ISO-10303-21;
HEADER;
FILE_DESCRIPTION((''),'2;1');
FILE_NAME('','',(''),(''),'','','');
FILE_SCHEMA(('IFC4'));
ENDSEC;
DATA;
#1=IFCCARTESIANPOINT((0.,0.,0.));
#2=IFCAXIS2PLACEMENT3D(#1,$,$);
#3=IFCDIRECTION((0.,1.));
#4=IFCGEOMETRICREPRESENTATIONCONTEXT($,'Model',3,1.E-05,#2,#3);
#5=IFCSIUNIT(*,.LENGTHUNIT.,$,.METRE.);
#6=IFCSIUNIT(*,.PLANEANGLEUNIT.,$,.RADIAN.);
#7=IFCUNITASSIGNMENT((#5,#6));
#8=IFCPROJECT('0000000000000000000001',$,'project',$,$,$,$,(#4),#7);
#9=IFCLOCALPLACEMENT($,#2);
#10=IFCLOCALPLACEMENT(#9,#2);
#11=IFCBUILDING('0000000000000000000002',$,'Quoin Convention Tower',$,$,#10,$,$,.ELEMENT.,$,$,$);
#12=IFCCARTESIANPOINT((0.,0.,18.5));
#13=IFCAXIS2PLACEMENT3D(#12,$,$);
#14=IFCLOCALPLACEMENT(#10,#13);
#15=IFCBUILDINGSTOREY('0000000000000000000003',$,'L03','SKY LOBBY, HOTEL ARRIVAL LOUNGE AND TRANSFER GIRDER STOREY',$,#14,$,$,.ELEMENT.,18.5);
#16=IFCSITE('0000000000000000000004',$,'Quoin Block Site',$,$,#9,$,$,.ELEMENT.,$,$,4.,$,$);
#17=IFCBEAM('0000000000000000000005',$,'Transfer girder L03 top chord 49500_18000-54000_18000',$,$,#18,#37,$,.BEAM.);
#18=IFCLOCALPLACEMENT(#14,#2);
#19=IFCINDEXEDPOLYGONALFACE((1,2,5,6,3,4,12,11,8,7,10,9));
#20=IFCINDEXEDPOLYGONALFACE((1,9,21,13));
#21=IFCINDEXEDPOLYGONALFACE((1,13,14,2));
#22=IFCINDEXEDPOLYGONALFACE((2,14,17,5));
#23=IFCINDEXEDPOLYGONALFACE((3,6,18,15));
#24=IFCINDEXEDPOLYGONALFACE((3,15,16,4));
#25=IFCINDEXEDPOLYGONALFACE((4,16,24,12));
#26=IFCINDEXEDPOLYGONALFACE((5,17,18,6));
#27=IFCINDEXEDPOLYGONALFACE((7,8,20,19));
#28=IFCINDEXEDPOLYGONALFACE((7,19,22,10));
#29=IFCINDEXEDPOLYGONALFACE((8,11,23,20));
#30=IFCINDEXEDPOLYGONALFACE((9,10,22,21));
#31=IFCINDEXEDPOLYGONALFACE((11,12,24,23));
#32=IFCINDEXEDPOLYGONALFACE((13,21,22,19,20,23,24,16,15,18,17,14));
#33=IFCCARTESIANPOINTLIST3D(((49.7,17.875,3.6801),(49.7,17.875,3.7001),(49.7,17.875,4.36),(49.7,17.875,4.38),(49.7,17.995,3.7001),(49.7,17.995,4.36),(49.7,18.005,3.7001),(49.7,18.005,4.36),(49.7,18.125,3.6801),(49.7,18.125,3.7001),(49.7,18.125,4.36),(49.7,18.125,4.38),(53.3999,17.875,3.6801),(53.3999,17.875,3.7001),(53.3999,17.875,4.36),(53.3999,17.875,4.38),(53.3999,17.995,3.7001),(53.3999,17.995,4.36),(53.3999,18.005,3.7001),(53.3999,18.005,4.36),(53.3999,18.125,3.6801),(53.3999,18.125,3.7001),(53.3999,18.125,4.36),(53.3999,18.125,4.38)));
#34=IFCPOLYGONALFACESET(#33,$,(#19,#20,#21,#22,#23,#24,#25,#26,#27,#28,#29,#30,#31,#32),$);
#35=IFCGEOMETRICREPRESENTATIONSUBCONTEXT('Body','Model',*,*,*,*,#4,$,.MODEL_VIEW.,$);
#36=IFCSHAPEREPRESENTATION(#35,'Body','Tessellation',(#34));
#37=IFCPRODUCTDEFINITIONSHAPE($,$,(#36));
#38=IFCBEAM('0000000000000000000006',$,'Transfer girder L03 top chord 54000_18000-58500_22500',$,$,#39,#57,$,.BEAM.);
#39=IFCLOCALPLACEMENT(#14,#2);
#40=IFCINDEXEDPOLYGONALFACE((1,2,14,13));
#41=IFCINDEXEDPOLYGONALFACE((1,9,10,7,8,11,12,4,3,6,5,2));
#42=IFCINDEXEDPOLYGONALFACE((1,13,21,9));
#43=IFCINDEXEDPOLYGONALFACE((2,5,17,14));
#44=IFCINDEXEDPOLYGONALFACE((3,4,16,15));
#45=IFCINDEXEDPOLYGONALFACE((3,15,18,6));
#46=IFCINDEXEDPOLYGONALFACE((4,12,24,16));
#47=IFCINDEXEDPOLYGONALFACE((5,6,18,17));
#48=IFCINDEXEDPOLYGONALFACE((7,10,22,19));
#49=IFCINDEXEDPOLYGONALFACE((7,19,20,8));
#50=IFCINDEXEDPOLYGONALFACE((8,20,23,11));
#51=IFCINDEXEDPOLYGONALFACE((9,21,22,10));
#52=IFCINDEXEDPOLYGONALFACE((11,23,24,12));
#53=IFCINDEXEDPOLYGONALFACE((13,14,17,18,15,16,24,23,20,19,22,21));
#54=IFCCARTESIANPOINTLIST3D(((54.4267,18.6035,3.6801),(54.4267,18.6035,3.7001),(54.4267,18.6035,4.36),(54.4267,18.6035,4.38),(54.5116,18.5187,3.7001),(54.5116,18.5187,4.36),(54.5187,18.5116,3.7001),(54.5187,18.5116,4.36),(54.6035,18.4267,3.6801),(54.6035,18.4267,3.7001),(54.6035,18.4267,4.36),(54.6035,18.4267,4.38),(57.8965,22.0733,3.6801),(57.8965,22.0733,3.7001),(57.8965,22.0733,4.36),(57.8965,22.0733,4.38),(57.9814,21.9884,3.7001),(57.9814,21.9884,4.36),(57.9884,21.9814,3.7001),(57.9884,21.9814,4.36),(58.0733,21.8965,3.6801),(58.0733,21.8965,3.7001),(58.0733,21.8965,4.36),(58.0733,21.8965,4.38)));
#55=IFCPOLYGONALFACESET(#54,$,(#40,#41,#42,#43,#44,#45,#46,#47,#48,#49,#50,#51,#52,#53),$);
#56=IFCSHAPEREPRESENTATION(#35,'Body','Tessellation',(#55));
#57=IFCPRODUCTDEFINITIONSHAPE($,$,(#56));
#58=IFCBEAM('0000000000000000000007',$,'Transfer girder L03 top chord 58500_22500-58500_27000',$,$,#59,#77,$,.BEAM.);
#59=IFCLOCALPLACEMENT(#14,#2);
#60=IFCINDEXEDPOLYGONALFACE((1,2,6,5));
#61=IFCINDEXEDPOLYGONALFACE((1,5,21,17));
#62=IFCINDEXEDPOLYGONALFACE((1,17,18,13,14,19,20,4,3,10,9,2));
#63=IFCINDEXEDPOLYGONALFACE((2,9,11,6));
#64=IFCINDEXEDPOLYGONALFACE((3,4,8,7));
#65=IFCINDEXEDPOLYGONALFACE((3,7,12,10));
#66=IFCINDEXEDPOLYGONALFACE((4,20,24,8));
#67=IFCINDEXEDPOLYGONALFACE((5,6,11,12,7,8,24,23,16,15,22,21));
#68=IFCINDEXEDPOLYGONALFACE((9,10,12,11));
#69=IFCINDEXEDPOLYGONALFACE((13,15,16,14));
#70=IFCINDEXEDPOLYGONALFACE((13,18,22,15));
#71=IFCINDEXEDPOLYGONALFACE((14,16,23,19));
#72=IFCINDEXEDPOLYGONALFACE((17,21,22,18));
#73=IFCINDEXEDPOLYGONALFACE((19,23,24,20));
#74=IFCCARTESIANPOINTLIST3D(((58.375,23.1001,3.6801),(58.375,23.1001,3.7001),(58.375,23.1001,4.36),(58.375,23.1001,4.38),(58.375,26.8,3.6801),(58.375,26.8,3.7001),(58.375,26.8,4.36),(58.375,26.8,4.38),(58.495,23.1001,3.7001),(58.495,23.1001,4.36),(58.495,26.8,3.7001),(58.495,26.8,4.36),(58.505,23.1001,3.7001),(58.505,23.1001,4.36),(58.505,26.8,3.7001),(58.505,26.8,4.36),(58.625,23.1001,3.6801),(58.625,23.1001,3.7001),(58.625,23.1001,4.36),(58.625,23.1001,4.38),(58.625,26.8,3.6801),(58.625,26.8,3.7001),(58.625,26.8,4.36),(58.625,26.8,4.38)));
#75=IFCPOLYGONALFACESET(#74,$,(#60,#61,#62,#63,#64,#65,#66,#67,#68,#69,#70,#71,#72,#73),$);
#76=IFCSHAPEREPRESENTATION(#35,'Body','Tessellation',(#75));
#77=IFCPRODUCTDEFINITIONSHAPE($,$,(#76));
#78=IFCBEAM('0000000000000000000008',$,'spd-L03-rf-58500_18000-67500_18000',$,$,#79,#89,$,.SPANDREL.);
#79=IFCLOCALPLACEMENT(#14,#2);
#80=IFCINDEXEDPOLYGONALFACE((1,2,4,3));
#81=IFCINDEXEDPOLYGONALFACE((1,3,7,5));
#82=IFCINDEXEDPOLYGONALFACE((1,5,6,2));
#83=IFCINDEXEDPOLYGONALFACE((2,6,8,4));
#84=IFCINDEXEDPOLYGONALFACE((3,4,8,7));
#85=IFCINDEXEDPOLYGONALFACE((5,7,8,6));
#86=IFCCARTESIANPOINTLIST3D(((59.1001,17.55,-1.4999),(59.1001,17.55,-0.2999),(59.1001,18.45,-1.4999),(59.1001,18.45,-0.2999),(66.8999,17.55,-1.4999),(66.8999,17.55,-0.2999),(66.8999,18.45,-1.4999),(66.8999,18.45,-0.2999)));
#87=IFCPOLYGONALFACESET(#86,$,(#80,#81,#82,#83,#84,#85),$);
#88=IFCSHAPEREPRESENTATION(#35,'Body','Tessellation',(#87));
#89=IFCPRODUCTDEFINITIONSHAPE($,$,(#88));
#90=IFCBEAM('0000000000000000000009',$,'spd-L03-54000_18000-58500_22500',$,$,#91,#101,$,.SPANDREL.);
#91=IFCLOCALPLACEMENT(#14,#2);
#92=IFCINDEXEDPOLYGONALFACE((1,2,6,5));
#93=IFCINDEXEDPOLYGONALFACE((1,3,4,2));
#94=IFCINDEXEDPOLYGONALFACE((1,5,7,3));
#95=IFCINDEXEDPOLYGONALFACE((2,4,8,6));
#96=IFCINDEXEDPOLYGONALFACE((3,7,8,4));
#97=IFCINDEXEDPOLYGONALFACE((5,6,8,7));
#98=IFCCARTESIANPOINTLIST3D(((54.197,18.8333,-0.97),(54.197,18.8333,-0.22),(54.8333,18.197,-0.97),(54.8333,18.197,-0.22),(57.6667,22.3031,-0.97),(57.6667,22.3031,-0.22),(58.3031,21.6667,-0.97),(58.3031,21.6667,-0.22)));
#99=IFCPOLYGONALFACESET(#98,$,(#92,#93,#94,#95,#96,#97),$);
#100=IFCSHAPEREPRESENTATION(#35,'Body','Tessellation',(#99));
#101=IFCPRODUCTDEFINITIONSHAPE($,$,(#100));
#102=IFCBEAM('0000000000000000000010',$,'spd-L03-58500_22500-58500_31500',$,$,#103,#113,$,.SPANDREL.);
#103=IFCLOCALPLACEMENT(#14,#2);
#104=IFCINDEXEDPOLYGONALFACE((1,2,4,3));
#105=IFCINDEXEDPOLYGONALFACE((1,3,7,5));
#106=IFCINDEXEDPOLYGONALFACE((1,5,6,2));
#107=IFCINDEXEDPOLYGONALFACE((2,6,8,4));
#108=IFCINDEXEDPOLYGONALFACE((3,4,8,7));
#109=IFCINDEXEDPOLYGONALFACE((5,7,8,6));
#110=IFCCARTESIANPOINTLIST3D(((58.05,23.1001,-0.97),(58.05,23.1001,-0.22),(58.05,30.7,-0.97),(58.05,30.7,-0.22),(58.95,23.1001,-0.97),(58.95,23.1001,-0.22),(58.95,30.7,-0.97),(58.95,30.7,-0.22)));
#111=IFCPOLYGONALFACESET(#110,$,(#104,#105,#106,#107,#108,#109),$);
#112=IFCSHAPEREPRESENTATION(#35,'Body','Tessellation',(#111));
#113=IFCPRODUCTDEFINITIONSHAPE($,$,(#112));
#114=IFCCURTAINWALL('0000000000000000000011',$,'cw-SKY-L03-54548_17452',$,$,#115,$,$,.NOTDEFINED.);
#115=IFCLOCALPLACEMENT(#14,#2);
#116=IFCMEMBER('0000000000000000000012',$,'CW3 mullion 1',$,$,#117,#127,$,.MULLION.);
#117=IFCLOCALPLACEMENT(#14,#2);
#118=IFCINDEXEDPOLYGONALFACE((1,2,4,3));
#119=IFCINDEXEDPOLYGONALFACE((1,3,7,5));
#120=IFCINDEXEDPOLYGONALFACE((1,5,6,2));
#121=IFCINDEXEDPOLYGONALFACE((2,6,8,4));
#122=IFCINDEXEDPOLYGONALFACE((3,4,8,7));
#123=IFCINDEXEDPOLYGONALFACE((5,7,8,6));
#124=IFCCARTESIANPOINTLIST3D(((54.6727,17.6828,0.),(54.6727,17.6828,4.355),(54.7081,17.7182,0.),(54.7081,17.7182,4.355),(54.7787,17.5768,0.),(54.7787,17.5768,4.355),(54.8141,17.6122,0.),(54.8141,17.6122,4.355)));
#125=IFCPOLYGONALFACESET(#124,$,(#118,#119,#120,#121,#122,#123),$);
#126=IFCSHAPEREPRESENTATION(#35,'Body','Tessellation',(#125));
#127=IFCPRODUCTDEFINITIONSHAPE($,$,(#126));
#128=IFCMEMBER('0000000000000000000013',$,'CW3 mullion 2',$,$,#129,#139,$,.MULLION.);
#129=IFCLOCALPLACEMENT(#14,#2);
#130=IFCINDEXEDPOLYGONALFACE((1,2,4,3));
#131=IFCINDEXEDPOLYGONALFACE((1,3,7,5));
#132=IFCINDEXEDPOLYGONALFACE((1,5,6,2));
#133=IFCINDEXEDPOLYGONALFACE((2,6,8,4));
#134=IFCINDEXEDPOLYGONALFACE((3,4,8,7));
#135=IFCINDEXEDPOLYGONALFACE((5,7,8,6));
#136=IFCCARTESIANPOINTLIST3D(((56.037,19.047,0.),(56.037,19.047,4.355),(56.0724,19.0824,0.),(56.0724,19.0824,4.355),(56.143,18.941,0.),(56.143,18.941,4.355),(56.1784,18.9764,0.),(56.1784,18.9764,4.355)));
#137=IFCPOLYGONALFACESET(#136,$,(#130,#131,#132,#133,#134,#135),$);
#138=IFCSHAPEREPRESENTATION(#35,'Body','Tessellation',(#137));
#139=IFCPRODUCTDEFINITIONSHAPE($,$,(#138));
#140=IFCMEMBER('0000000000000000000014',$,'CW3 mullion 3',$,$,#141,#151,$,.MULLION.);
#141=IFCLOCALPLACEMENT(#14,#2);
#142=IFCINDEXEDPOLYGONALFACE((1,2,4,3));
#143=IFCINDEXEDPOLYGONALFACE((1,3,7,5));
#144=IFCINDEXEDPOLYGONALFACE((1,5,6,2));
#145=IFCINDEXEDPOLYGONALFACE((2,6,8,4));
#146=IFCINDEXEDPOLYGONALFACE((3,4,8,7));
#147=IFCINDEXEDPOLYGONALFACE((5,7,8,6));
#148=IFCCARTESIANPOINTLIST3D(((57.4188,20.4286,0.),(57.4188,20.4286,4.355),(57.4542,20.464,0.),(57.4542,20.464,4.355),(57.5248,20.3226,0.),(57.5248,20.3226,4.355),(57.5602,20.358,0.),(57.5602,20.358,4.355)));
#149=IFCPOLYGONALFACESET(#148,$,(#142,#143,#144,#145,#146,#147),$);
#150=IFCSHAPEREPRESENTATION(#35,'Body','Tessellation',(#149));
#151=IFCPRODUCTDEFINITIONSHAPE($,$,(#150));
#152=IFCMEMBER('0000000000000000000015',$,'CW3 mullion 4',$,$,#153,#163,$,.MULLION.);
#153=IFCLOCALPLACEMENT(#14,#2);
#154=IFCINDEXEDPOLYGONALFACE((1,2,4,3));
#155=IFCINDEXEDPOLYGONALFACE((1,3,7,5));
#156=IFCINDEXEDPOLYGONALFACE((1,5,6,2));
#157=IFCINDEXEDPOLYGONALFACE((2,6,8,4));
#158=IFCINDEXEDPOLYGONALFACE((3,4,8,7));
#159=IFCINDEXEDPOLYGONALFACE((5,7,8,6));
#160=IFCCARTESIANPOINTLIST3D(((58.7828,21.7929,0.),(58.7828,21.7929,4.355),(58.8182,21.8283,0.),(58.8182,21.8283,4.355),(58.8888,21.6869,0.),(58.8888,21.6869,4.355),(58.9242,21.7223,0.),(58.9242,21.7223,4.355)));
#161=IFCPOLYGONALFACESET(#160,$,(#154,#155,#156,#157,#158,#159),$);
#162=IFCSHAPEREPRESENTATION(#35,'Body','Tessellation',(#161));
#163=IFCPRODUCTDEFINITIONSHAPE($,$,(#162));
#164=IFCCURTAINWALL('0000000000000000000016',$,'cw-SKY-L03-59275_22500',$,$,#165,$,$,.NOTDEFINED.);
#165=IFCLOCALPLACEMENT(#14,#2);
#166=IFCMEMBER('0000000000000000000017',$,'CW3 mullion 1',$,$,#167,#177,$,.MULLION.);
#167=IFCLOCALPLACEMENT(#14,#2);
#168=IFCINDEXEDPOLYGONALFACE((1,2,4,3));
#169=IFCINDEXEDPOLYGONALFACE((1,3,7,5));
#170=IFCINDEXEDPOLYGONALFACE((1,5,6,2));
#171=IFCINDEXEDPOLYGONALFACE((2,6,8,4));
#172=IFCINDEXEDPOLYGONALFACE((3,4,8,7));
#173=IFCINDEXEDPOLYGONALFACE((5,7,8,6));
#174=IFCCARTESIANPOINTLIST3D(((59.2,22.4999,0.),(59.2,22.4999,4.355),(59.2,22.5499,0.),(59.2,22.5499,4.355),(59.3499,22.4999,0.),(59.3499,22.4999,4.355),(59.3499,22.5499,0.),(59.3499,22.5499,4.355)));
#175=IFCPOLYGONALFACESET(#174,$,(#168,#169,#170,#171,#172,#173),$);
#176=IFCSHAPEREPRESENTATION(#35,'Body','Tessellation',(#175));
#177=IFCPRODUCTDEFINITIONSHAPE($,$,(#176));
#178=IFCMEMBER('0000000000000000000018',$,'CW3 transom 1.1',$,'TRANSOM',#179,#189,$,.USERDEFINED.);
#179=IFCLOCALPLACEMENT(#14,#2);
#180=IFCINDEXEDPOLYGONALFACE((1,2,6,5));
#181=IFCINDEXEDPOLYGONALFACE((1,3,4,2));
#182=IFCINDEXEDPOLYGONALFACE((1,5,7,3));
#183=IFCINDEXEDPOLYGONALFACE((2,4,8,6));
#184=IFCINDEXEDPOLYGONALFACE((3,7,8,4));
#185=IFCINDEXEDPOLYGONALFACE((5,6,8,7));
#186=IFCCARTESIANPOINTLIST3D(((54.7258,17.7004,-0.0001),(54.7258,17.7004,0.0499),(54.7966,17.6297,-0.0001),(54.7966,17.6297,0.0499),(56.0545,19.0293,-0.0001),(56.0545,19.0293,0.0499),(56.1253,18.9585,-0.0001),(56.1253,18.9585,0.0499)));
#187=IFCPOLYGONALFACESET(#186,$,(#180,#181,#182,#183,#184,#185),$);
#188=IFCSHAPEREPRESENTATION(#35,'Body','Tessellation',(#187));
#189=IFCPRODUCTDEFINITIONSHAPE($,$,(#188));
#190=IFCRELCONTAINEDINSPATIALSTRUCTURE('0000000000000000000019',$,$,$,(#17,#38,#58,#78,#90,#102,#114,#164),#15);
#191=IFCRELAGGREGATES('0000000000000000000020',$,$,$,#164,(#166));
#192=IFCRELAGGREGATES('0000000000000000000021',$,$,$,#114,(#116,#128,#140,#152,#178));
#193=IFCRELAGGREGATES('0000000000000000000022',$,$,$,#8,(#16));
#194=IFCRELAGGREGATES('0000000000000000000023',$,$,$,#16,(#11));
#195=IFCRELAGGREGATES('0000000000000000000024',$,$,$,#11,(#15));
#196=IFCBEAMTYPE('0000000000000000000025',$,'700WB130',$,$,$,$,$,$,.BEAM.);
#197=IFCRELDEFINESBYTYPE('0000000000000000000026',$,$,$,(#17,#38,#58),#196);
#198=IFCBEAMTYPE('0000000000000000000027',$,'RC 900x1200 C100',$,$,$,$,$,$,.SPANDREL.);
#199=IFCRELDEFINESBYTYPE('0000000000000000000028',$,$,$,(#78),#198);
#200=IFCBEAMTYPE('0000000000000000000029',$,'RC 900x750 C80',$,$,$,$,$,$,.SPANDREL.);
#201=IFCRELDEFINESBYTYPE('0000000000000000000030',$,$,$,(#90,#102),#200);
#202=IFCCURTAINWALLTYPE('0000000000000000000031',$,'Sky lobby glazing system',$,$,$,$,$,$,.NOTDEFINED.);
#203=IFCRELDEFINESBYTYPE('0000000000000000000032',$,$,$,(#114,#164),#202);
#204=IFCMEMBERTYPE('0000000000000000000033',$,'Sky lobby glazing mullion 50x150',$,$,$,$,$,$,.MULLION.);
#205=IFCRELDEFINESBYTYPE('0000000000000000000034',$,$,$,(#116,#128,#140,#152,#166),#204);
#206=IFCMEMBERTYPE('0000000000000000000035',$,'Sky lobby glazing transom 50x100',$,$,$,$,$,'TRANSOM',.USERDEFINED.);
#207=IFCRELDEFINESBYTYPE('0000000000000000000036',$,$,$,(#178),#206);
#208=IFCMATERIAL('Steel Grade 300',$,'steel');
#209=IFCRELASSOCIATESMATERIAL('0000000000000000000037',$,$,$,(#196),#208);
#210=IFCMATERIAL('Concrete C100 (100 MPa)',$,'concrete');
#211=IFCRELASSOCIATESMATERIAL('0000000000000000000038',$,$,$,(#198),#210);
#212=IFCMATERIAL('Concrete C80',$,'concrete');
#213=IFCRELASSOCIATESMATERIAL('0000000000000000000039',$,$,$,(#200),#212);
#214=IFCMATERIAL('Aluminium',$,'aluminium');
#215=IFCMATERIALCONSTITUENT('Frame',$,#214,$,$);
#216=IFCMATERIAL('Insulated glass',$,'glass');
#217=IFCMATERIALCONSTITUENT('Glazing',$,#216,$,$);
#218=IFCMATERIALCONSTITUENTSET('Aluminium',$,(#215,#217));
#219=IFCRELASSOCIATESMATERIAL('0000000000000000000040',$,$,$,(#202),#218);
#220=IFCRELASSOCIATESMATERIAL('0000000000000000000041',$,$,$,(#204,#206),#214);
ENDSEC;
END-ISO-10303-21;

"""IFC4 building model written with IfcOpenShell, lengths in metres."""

from ifc_helpers import new_model, si_unit, direction, frame, origin, origin_2d, place, context, subcontext, project, spatial, rectangle, i_section, extrude, material, constituent, constituent_set, material_profile, profile_set, type_object, element, aggregate, save


model = new_model("IFC4")

# Units and contexts
model_context = context("Model", 3, precision=1e-05, world=origin(), true_north=direction((0.0, 1.0)))
body_context = subcontext(model_context, "Body", "Model", "MODEL_VIEW")
ifc_project = project(units=[si_unit("LENGTHUNIT", "METRE"), si_unit("PLANEANGLEUNIT", "RADIAN")], contexts=[model_context])

# Site, building, storey
site_placement = place(None, origin())
site = spatial("IfcSite", under=ifc_project, at=site_placement, Name="Quoin Block Site", CompositionType="ELEMENT", RefElevation=4.0)
building_placement = place(site_placement, origin())
building = spatial("IfcBuilding", under=site, at=building_placement, Name="Quoin Convention Tower", CompositionType="ELEMENT")
storey_placement = place(building_placement, frame((0.0, 0.0, 18.5)))
storey = spatial("IfcBuildingStorey", under=building, at=storey_placement, Name="L03", Description="SKY LOBBY, HOTEL ARRIVAL LOUNGE AND TRANSFER GIRDER STOREY", CompositionType="ELEMENT", Elevation=18.5)

# Shared definitions
ifc_material_1 = material(Name="Concrete C80", Category="concrete")

# Shared definitions
ifc_material_2 = material(Name="Steel Grade 300", Category="steel")

# Beams
ifc_material_profile_1 = material_profile(ifc_material_2, i_section(OverallWidth=0.25, OverallDepth=0.7, WebThickness=0.01, FlangeThickness=0.02, at=origin_2d()), Name="700WB130")
ifc_profile_set_1 = profile_set([ifc_material_profile_1], Name="Steel Grade 300")
beam_type_1 = type_object("IfcBeamType", Name="700WB130", PredefinedType="BEAM", material=ifc_profile_set_1)
for number, where, z_axis, x_axis, name in (
    (1, (49.7, 18.0, 4.03), (1.0, 0.0, 0.0), (0.0, 1.0, 0.0), "Transfer girder L03 top chord 49500_18000-54000_18000"),
):
    element("IfcBeam", number, at=place(storey_placement, frame(where, z_axis=z_axis, x_axis=x_axis)), inside=storey, type_object=beam_type_1, Name=name, PredefinedType="BEAM", context=body_context, shape_type="SweptSolid", body=[
        extrude(i_section(OverallWidth=0.25, OverallDepth=0.7, WebThickness=0.01, FlangeThickness=0.02, at=origin_2d()), origin(), (0.0, 0.0, 1.0), 3.7),
    ])
beam_1_placement = place(storey_placement, frame((54.5151, 18.5151, 4.03), z_axis=(0.707107, 0.707107, 0.0), x_axis=(-0.707107, 0.707107, 0.0)))
element("IfcBeam", 2, at=beam_1_placement, inside=storey, type_object=beam_type_1, Name="Transfer girder L03 top chord 54000_18000-58500_22500", PredefinedType="BEAM", context=body_context, shape_type="SweptSolid", body=[
    extrude(i_section(OverallWidth=0.25, OverallDepth=0.7, WebThickness=0.01, FlangeThickness=0.02, at=origin_2d()), origin(), (0.0, 0.0, 1.0), 4.907),
])
beam_2_placement = place(storey_placement, frame((58.5, 23.1001, 4.03), z_axis=(0.0, 1.0, 0.0), x_axis=(-1.0, 0.0, 0.0)))
element("IfcBeam", 3, at=beam_2_placement, inside=storey, type_object=beam_type_1, Name="Transfer girder L03 top chord 58500_22500-58500_27000", PredefinedType="BEAM", context=body_context, shape_type="SweptSolid", body=[
    extrude(i_section(OverallWidth=0.25, OverallDepth=0.7, WebThickness=0.01, FlangeThickness=0.02, at=origin_2d()), origin(), (0.0, 0.0, 1.0), 3.7),
])
ifc_material_3 = material(Name="Concrete C100 (100 MPa)", Category="concrete")
ifc_material_profile_2 = material_profile(ifc_material_3, rectangle(XDim=0.8999, YDim=1.2, at=origin_2d()), Name="RC 900x1200")
ifc_profile_set_2 = profile_set([ifc_material_profile_2], Name="Concrete C100 (100 MPa)")
beam_type_2 = type_object("IfcBeamType", Name="RC 900x1200 C100", PredefinedType="SPANDREL", material=ifc_profile_set_2)
beam_3_placement = place(storey_placement, frame((59.1001, 18.0, -0.8999), z_axis=(1.0, 0.0, 0.0), x_axis=(0.0, 1.0, 0.0)))
element("IfcBeam", 4, at=beam_3_placement, inside=storey, type_object=beam_type_2, Name="spd-L03-rf-58500_18000-67500_18000", PredefinedType="SPANDREL", context=body_context, shape_type="SweptSolid", body=[
    extrude(rectangle(XDim=0.8999, YDim=1.2, at=origin_2d()), origin(), (0.0, 0.0, 1.0), 7.7998),
])
ifc_material_profile_3 = material_profile(ifc_material_1, rectangle(XDim=0.8999, YDim=0.75, at=origin_2d()), Name="RC 900x750")
ifc_profile_set_3 = profile_set([ifc_material_profile_3], Name="Concrete C80")
beam_type_3 = type_object("IfcBeamType", Name="RC 900x750 C80", PredefinedType="SPANDREL", material=ifc_profile_set_3)
beam_4_placement = place(storey_placement, frame((54.5151, 18.5151, -0.595), z_axis=(0.707107, 0.707107, 0.0), x_axis=(-0.707107, 0.707107, 0.0)))
element("IfcBeam", 5, at=beam_4_placement, inside=storey, type_object=beam_type_3, Name="spd-L03-54000_18000-58500_22500", PredefinedType="SPANDREL", context=body_context, shape_type="SweptSolid", body=[
    extrude(rectangle(XDim=0.8999, YDim=0.75, at=origin_2d()), origin(), (0.0, 0.0, 1.0), 4.907),
])
beam_5_placement = place(storey_placement, frame((58.5, 23.1001, -0.595), z_axis=(0.0, 1.0, 0.0), x_axis=(-1.0, 0.0, 0.0)))
element("IfcBeam", 6, at=beam_5_placement, inside=storey, type_object=beam_type_3, Name="spd-L03-58500_22500-58500_31500", PredefinedType="SPANDREL", context=body_context, shape_type="SweptSolid", body=[
    extrude(rectangle(XDim=0.8999, YDim=0.75, at=origin_2d()), origin(), (0.0, 0.0, 1.0), 7.5999),
])

# Curtain wall, members
ifc_material_4 = material(Name="Aluminium", Category="aluminium")
ifc_constituent_1 = constituent(ifc_material_4, Name="Frame")
ifc_material_5 = material(Name="Insulated glass", Category="glass")
ifc_constituent_2 = constituent(ifc_material_5, Name="Glazing")
ifc_constituent_set = constituent_set(constituents=[ifc_constituent_1, ifc_constituent_2], Name="Aluminium")
curtain_wall_type = type_object("IfcCurtainWallType", Name="Sky lobby glazing system", PredefinedType="NOTDEFINED", material=ifc_constituent_set)
curtain_wall_1_placement = place(storey_placement, origin())
curtain_wall_1 = element("IfcCurtainWall", 7, at=curtain_wall_1_placement, inside=storey, type_object=curtain_wall_type, Name="cw-SKY-L03-54548_17452", PredefinedType="NOTDEFINED")
ifc_material_profile_4 = material_profile(ifc_material_4, rectangle(XDim=0.1499, YDim=0.05, at=origin_2d()), Name="Sky lobby glazing mullion 50x150")
ifc_profile_set_4 = profile_set([ifc_material_profile_4], Name="Aluminium")
member_type_1 = type_object("IfcMemberType", Name="Sky lobby glazing mullion 50x150", PredefinedType="MULLION", material=ifc_profile_set_4)
member_1_placement = place(storey_placement, frame((54.7434, 17.6475, 0.0), z_axis=(0.0, 0.0, 1.0), x_axis=(-0.707107, 0.707107, 0.0)))
member_1 = element("IfcMember", 8, at=member_1_placement, type_object=member_type_1, Name="CW3 mullion 1", PredefinedType="MULLION", context=body_context, shape_type="SweptSolid", body=[
    extrude(rectangle(XDim=0.1499, YDim=0.05, at=origin_2d()), origin(), (0.0, 0.0, 1.0), 4.355),
])
member_2_placement = place(storey_placement, frame((56.1077, 19.0117, 0.0), z_axis=(0.0, 0.0, 1.0), x_axis=(-0.707107, 0.707107, 0.0)))
member_2 = element("IfcMember", 9, at=member_2_placement, type_object=member_type_1, Name="CW3 mullion 2", PredefinedType="MULLION", context=body_context, shape_type="SweptSolid", body=[
    extrude(rectangle(XDim=0.1499, YDim=0.05, at=origin_2d()), origin(), (0.0, 0.0, 1.0), 4.355),
])
member_3_placement = place(storey_placement, frame((57.4895, 20.3933, 0.0), z_axis=(0.0, 0.0, 1.0), x_axis=(-0.707107, 0.707107, 0.0)))
member_3 = element("IfcMember", 10, at=member_3_placement, type_object=member_type_1, Name="CW3 mullion 3", PredefinedType="MULLION", context=body_context, shape_type="SweptSolid", body=[
    extrude(rectangle(XDim=0.1499, YDim=0.05, at=origin_2d()), origin(), (0.0, 0.0, 1.0), 4.355),
])
member_4_placement = place(storey_placement, frame((58.8535, 21.7576, 0.0), z_axis=(0.0, 0.0, 1.0), x_axis=(-0.707107, 0.707107, 0.0)))
member_4 = element("IfcMember", 11, at=member_4_placement, type_object=member_type_1, Name="CW3 mullion 4", PredefinedType="MULLION", context=body_context, shape_type="SweptSolid", body=[
    extrude(rectangle(XDim=0.1499, YDim=0.05, at=origin_2d()), origin(), (0.0, 0.0, 1.0), 4.355),
])

# Curtain wall, member
curtain_wall_2_placement = place(storey_placement, origin())
curtain_wall_2 = element("IfcCurtainWall", 12, at=curtain_wall_2_placement, inside=storey, type_object=curtain_wall_type, Name="cw-SKY-L03-59275_22500", PredefinedType="NOTDEFINED")
member_5_placement = place(storey_placement, frame((59.2749, 22.5249, 0.0), z_axis=(0.0, 0.0, 1.0), x_axis=(-1.0, 0.0, 0.0)))
member_5 = element("IfcMember", 13, at=member_5_placement, type_object=member_type_1, Name="CW3 mullion 1", PredefinedType="MULLION", context=body_context, shape_type="SweptSolid", body=[
    extrude(rectangle(XDim=0.1499, YDim=0.05, at=origin_2d()), origin(), (0.0, 0.0, 1.0), 4.355),
])

# Member
ifc_material_profile_5 = material_profile(ifc_material_4, rectangle(XDim=0.1001, YDim=0.05, at=origin_2d()), Name="Sky lobby glazing transom 50x100")
ifc_profile_set_5 = profile_set([ifc_material_profile_5], Name="Aluminium")
member_type_2 = type_object("IfcMemberType", Name="Sky lobby glazing transom 50x100", ElementType="TRANSOM", PredefinedType="USERDEFINED", material=ifc_profile_set_5)
member_6_placement = place(storey_placement, frame((54.7612, 17.665, 0.0249), z_axis=(0.707042, 0.707172, 0.0), x_axis=(-0.707172, 0.707042, 0.0)))
member_6 = element("IfcMember", 14, at=member_6_placement, type_object=member_type_2, Name="CW3 transom 1.1", ObjectType="TRANSOM", PredefinedType="USERDEFINED", context=body_context, shape_type="SweptSolid", body=[
    extrude(rectangle(XDim=0.1001, YDim=0.05, at=origin_2d()), origin(), (0.0, 0.0, 1.0), 1.8792),
])
aggregate(curtain_wall_2, [member_5])

aggregate(curtain_wall_1, [member_1, member_2, member_3, member_4, member_6])

save(model, "model.ifc")
